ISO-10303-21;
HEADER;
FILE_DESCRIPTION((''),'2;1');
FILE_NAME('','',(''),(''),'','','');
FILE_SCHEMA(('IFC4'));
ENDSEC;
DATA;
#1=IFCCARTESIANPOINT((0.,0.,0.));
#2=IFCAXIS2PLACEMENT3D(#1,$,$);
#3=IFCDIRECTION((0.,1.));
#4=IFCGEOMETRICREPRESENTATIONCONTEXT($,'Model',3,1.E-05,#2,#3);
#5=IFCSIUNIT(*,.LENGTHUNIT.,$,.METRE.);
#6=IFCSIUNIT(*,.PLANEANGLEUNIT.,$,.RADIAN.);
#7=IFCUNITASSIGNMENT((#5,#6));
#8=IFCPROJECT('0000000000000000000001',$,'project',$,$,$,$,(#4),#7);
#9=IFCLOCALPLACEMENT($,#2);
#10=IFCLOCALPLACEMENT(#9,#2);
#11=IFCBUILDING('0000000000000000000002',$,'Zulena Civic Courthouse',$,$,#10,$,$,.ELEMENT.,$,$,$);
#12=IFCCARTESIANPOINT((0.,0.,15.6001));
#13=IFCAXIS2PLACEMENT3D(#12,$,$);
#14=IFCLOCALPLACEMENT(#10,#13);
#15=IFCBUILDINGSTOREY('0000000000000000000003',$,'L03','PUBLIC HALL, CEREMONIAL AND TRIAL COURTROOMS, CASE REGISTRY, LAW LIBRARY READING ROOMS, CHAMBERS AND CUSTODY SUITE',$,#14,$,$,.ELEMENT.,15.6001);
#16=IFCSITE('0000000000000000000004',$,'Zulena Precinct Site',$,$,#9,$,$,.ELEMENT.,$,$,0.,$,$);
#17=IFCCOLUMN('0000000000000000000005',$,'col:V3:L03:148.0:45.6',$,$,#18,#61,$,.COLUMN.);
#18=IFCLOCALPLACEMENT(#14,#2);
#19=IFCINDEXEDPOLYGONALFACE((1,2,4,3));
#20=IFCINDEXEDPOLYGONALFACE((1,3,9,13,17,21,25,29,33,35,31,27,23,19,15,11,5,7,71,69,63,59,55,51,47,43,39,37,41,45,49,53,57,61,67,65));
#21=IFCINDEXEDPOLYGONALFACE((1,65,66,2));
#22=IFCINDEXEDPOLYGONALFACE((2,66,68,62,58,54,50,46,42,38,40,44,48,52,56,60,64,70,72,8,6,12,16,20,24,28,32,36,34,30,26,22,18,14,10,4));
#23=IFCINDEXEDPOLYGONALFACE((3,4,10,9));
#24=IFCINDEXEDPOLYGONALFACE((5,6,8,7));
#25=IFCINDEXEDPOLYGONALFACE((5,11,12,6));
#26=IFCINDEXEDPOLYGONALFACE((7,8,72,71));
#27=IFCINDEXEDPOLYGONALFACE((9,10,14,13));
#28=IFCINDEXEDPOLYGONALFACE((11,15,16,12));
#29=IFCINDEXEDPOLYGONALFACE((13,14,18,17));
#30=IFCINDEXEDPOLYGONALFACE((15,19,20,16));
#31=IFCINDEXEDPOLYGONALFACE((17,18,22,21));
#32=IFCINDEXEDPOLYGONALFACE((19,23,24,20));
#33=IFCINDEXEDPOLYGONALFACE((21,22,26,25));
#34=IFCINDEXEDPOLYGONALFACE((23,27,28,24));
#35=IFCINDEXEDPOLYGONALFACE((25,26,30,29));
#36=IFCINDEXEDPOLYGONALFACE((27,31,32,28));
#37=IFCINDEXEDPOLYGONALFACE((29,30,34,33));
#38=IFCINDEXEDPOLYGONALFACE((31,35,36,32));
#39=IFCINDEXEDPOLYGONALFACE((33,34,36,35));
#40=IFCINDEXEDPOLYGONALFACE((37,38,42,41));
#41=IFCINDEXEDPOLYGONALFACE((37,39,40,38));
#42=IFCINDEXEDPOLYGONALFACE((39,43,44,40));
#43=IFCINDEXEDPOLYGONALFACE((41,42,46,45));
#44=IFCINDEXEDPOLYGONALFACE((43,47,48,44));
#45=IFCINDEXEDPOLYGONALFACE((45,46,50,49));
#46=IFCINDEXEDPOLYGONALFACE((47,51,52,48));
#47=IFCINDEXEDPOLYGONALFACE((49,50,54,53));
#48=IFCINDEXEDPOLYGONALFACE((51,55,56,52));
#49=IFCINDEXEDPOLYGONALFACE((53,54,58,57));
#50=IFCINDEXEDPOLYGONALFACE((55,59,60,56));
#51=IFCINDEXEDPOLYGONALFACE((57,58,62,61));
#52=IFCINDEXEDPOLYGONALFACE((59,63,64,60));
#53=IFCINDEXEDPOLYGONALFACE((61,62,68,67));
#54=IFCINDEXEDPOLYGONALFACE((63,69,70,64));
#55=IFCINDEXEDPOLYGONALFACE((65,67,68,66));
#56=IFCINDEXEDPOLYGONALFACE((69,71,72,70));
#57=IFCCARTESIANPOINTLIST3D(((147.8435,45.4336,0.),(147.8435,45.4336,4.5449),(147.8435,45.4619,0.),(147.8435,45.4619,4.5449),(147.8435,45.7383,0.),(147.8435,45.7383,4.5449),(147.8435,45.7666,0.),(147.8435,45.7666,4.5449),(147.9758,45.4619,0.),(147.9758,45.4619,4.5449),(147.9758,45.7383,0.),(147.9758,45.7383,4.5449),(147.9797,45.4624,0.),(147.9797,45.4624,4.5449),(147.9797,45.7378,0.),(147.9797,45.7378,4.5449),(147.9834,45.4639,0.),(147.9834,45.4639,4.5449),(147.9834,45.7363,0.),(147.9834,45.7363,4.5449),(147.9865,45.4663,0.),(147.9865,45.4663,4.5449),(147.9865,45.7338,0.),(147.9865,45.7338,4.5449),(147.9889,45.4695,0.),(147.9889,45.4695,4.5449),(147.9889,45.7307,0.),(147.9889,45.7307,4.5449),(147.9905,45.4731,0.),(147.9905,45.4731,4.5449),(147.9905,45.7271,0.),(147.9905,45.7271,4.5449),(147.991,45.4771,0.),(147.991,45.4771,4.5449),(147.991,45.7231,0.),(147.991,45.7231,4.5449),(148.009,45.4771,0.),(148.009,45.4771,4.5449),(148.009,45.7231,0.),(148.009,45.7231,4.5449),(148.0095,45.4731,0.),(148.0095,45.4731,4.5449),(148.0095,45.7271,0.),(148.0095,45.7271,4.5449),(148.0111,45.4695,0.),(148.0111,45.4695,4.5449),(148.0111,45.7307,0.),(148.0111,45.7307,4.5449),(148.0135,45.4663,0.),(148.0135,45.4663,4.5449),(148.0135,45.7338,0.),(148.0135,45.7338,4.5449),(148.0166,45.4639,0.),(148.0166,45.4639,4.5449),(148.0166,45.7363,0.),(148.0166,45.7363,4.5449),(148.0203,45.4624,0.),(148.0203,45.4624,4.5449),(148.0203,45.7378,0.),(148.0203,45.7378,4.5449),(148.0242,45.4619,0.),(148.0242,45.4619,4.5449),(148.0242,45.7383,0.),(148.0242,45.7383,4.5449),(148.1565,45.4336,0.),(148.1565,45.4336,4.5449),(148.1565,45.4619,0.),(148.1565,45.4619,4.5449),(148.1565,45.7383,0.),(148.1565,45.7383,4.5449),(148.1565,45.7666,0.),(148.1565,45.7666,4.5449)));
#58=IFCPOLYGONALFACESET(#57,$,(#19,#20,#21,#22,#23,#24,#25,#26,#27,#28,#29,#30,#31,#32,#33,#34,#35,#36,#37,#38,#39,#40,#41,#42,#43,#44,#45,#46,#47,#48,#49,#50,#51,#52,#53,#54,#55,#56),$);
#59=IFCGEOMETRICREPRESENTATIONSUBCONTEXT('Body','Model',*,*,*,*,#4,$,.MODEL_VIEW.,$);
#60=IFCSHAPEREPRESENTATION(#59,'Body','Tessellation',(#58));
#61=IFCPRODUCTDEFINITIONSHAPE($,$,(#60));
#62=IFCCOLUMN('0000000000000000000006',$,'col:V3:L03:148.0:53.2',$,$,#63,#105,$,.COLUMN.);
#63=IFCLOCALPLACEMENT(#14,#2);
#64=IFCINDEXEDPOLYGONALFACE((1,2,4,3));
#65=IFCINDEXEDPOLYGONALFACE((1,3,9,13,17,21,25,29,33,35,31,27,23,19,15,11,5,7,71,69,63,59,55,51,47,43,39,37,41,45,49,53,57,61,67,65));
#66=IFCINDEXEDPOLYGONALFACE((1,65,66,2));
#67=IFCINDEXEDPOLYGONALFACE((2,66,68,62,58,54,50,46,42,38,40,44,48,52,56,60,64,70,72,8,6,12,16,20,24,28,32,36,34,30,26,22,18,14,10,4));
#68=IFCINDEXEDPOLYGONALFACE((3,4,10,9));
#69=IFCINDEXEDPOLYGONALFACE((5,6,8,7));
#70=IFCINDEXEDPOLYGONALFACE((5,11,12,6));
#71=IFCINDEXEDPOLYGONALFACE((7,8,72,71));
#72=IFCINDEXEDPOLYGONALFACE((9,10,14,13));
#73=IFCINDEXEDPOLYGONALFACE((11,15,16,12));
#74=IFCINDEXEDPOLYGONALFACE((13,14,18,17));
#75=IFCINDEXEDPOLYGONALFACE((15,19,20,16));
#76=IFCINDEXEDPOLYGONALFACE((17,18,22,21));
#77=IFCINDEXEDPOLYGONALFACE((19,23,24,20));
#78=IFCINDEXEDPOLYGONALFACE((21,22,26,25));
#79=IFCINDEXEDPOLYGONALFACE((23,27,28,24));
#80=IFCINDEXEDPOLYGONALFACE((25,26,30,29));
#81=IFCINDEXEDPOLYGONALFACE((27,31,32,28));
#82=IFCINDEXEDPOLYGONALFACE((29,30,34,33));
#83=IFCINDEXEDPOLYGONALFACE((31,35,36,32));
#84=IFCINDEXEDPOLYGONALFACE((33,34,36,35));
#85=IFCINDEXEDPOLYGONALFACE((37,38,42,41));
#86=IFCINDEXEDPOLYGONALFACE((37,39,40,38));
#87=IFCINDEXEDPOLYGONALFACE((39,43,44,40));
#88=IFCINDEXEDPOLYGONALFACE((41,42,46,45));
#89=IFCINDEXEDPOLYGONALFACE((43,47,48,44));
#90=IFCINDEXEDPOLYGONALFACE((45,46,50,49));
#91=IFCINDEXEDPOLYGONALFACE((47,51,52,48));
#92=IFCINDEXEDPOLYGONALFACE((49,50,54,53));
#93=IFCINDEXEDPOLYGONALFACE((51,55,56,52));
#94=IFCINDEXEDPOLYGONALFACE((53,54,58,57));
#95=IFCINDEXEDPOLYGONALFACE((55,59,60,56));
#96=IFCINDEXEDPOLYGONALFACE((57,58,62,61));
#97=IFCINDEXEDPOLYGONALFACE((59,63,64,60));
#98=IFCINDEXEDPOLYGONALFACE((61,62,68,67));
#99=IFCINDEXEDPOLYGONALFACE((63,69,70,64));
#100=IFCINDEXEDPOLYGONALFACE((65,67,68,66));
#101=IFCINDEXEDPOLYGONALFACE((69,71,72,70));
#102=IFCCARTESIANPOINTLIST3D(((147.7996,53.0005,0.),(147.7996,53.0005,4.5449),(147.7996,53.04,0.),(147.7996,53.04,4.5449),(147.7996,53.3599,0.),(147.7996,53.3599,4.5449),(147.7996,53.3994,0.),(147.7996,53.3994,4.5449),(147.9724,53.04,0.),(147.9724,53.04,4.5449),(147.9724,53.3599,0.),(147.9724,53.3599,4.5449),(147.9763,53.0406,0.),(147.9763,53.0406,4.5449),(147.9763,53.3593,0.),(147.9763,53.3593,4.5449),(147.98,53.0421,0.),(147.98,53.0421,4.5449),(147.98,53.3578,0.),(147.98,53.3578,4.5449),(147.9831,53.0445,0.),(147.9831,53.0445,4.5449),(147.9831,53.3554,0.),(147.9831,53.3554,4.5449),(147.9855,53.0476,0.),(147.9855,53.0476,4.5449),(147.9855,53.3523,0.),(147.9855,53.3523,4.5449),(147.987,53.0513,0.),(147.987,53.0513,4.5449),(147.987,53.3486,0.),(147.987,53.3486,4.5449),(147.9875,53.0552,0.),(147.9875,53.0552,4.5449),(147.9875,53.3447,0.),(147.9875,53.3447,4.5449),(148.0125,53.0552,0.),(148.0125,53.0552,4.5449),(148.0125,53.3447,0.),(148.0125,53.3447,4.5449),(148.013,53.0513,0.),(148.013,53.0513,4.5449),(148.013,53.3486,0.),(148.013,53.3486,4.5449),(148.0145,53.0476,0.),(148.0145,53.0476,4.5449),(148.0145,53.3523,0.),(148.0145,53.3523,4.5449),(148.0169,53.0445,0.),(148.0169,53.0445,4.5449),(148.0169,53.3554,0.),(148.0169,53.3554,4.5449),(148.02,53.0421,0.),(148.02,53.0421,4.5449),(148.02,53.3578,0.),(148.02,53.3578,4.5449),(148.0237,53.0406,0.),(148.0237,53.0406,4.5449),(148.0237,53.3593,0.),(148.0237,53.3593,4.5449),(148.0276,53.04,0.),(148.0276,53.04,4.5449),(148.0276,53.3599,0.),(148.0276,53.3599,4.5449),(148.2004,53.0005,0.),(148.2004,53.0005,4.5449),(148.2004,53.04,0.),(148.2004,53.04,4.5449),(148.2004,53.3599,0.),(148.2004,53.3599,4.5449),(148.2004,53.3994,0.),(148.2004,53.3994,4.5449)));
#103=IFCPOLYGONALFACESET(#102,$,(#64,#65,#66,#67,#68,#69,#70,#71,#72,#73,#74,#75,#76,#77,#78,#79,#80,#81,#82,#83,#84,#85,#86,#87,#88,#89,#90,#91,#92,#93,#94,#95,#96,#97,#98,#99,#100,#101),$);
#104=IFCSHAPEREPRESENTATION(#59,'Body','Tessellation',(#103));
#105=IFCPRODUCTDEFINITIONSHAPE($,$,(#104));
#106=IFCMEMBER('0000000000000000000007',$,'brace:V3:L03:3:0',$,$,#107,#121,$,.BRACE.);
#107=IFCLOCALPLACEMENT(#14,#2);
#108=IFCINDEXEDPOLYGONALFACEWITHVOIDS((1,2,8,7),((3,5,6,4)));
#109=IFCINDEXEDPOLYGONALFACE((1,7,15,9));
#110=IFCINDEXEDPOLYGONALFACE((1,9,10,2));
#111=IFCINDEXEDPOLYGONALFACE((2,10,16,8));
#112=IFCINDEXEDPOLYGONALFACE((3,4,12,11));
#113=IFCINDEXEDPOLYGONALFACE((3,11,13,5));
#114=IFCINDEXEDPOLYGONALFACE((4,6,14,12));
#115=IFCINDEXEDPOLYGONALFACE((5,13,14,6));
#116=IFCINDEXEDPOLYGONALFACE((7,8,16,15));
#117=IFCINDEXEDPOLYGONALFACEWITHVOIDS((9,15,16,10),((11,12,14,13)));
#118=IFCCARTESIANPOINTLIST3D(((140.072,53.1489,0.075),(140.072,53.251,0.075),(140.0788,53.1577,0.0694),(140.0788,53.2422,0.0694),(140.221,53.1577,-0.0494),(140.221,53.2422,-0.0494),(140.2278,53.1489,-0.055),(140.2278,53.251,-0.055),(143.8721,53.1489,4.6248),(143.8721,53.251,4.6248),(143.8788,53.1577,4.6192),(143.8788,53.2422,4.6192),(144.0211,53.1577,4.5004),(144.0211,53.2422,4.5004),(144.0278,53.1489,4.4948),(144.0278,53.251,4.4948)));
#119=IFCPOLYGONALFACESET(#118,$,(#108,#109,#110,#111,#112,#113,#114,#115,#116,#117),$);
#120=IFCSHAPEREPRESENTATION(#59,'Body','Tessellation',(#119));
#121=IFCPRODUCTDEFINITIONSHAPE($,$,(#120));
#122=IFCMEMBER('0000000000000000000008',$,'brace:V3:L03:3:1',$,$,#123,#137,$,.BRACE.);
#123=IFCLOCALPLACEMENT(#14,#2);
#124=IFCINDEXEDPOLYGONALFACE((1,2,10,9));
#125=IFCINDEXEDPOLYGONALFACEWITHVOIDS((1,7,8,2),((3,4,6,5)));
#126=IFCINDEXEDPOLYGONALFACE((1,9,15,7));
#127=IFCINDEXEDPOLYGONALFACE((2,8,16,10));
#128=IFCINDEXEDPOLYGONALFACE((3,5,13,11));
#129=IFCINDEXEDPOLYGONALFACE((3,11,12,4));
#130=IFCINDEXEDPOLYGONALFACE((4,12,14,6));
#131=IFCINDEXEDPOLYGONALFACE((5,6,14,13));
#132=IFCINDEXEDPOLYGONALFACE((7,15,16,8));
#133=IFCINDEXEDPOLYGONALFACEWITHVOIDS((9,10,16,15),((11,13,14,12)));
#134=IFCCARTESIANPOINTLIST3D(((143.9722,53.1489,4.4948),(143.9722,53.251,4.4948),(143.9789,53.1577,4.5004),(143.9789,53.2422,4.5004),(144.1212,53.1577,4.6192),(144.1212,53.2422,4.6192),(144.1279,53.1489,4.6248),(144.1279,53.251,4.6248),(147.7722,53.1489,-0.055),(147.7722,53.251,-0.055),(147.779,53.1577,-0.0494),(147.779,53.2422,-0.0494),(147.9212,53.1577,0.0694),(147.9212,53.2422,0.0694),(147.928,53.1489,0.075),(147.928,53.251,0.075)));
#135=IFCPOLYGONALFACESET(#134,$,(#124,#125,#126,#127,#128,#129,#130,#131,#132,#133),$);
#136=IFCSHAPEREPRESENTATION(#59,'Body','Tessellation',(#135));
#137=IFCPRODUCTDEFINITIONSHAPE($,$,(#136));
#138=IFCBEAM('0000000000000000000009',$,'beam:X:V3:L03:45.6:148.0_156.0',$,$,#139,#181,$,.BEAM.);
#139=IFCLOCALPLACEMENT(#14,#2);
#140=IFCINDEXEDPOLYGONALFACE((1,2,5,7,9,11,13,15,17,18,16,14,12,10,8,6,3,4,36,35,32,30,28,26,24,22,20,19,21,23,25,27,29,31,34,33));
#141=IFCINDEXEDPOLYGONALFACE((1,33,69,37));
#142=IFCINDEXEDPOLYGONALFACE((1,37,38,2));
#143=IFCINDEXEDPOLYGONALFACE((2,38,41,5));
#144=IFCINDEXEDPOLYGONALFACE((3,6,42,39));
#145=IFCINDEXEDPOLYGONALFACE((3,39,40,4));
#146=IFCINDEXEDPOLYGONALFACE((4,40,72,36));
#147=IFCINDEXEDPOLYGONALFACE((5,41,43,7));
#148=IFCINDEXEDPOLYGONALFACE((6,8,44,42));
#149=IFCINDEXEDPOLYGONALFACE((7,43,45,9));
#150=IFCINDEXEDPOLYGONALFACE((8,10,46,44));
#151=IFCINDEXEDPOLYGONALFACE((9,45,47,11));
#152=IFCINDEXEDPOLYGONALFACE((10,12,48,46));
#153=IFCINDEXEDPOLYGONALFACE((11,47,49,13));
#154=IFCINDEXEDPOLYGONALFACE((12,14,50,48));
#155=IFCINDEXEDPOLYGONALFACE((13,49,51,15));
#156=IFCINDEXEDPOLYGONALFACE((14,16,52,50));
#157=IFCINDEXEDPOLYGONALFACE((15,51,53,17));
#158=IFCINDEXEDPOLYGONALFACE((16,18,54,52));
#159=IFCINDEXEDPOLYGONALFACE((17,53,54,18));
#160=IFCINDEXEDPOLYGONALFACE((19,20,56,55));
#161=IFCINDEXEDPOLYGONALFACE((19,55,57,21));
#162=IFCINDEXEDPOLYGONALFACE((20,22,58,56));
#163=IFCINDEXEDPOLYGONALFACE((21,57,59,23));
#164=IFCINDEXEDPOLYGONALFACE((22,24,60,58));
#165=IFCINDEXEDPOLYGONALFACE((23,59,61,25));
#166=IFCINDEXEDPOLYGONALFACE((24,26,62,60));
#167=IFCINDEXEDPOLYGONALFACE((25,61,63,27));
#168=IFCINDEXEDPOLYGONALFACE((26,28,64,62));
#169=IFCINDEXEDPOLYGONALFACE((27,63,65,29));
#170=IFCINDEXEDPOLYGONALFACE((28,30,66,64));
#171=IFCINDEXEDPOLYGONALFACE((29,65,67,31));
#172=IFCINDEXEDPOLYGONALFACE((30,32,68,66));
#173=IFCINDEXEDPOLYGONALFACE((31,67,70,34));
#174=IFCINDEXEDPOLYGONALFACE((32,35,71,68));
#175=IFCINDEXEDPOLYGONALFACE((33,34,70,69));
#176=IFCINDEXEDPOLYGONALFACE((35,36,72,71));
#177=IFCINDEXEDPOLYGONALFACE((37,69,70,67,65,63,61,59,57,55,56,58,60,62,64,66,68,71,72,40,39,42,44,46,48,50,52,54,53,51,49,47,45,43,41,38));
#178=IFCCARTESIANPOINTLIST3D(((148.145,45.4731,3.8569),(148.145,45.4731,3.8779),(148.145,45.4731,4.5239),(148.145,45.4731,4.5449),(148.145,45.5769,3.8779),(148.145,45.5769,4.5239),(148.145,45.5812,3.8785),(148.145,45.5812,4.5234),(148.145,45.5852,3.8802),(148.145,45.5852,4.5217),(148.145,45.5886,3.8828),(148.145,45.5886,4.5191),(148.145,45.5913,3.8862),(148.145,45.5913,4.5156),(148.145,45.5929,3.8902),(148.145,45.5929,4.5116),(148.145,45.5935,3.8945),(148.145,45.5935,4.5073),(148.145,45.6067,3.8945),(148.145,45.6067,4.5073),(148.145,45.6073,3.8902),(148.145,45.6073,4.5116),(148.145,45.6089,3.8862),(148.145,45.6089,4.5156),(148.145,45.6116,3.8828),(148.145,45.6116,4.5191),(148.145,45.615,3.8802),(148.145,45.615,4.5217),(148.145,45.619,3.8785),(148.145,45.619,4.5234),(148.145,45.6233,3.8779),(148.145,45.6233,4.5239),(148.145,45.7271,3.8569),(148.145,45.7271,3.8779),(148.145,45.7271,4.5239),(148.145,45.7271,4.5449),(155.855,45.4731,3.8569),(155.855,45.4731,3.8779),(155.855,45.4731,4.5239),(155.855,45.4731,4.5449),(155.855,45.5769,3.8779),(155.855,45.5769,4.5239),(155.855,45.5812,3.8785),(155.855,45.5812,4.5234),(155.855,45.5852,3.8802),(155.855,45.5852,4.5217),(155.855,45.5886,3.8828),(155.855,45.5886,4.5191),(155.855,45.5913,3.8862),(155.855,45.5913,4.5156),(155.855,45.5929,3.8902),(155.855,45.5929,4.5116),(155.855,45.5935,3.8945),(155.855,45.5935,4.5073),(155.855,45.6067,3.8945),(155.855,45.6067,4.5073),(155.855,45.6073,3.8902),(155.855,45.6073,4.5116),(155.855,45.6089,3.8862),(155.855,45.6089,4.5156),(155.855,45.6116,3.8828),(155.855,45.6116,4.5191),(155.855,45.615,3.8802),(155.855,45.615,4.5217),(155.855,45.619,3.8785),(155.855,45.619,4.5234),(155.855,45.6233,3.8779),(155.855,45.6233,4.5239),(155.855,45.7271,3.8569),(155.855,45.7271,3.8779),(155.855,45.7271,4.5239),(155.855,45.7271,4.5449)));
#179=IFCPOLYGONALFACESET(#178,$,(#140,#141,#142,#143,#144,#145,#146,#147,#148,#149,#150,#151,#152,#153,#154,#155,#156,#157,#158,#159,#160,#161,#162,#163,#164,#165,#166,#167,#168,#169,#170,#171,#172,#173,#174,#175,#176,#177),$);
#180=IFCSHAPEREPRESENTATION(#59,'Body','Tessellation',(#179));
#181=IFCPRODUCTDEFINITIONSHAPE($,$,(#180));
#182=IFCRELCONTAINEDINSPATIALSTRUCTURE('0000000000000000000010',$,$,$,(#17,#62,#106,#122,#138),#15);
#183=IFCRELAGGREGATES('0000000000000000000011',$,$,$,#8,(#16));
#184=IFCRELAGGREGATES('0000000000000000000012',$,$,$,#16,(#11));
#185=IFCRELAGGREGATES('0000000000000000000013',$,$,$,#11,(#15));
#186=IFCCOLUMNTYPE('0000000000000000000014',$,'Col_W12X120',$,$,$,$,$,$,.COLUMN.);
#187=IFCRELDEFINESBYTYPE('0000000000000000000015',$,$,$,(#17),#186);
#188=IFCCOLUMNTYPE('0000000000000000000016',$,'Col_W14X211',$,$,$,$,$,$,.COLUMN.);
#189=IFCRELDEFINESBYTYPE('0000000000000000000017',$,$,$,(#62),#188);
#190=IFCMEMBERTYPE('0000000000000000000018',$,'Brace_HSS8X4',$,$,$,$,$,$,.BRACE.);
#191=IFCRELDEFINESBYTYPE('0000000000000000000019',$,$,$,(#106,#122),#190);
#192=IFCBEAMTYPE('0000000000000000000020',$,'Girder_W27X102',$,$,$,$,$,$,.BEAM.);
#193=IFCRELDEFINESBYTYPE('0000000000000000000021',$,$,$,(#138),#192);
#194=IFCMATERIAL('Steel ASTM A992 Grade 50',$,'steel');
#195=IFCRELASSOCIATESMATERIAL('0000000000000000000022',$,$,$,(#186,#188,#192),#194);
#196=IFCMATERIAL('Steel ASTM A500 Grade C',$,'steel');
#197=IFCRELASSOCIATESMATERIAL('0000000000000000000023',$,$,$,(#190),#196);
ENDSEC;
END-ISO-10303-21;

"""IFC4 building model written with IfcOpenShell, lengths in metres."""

from ifc_helpers import new_model, si_unit, direction, frame, origin, origin_2d, place, context, subcontext, project, spatial, hollow_rectangle, i_section, extrude, material, material_profile, profile_set, type_object, element, save


model = new_model("IFC4")

# Units and contexts
model_context = context("Model", 3, precision=1e-05, world=origin(), true_north=direction((0.0, 1.0)))
body_context = subcontext(model_context, "Body", "Model", "MODEL_VIEW")
ifc_project = project(units=[si_unit("LENGTHUNIT", "METRE"), si_unit("PLANEANGLEUNIT", "RADIAN")], contexts=[model_context])

# Site, building, storey
site_placement = place(None, origin())
site = spatial("IfcSite", under=ifc_project, at=site_placement, Name="Zulena Precinct Site", CompositionType="ELEMENT", RefElevation=0.0)
building_placement = place(site_placement, origin())
building = spatial("IfcBuilding", under=site, at=building_placement, Name="Zulena Civic Courthouse", CompositionType="ELEMENT")
storey_placement = place(building_placement, frame((0.0, 0.0, 15.6001)))
storey = spatial("IfcBuildingStorey", under=building, at=storey_placement, Name="L03", Description="PUBLIC HALL, CEREMONIAL AND TRIAL COURTROOMS, CASE REGISTRY, LAW LIBRARY READING ROOMS, CHAMBERS AND CUSTODY SUITE", CompositionType="ELEMENT", Elevation=15.6001)

# Columns
ifc_material_1 = material(Name="Steel ASTM A992 Grade 50", Category="steel")
ifc_material_profile_1 = material_profile(ifc_material_1, i_section(OverallWidth=0.313, OverallDepth=0.333, WebThickness=0.0181, FlangeThickness=0.0283, FilletRadius=0.0151, at=origin_2d()), Name="W12X120")
ifc_profile_set_1 = profile_set([ifc_material_profile_1], Name="Steel ASTM A992 Grade 50")
column_type_1 = type_object("IfcColumnType", Name="Col_W12X120", PredefinedType="COLUMN", material=ifc_profile_set_1)
column_1_placement = place(storey_placement, frame((148.0, 45.6001, 0.0), z_axis=(0.0, 0.0, 1.0), x_axis=(1.0, 0.0, 0.0)))
element("IfcColumn", 1, at=column_1_placement, inside=storey, type_object=column_type_1, Name="col:V3:L03:148.0:45.6", PredefinedType="COLUMN", context=body_context, shape_type="SweptSolid", body=[
    extrude(i_section(OverallWidth=0.313, OverallDepth=0.333, WebThickness=0.0181, FlangeThickness=0.0283, FilletRadius=0.0151, at=origin_2d()), origin(), (0.0, 0.0, 1.0), 4.5449),
])
ifc_material_profile_2 = material_profile(ifc_material_1, i_section(OverallWidth=0.4009, OverallDepth=0.3989, WebThickness=0.0249, FlangeThickness=0.0396, FilletRadius=0.0151, at=origin_2d()), Name="W14X211")
ifc_profile_set_2 = profile_set([ifc_material_profile_2], Name="Steel ASTM A992 Grade 50")
column_type_2 = type_object("IfcColumnType", Name="Col_W14X211", PredefinedType="COLUMN", material=ifc_profile_set_2)
column_2_placement = place(storey_placement, frame((148.0, 53.2, 0.0), z_axis=(0.0, 0.0, 1.0), x_axis=(1.0, 0.0, 0.0)))
element("IfcColumn", 2, at=column_2_placement, inside=storey, type_object=column_type_2, Name="col:V3:L03:148.0:53.2", PredefinedType="COLUMN", context=body_context, shape_type="SweptSolid", body=[
    extrude(i_section(OverallWidth=0.4009, OverallDepth=0.3989, WebThickness=0.0249, FlangeThickness=0.0396, FilletRadius=0.0151, at=origin_2d()), origin(), (0.0, 0.0, 1.0), 4.5449),
])

# Members
ifc_material_2 = material(Name="Steel ASTM A500 Grade C", Category="steel")
ifc_material_profile_3 = material_profile(ifc_material_2, hollow_rectangle(XDim=0.1021, YDim=0.2029, WallThickness=0.0088, at=origin_2d()), Name="HSS8X4X3/8")
ifc_profile_set_3 = profile_set([ifc_material_profile_3], Name="Steel ASTM A500 Grade C")
member_type = type_object("IfcMemberType", Name="Brace_HSS8X4", PredefinedType="BRACE", material=ifc_profile_set_3)
for number, where, z_axis, x_axis, name in (
    (3, (140.1499, 53.2, 0.01), (0.641035, 0.0, 0.767512), (0.0, 1.0, 0.0), "brace:V3:L03:3:0"),
    (4, (147.8501, 53.2, 0.01), (-0.641035, 0.0, 0.767512), (0.0, -1.0, 0.0), "brace:V3:L03:3:1"),
):
    element("IfcMember", number, at=place(storey_placement, frame(where, z_axis=z_axis, x_axis=x_axis)), inside=storey, type_object=member_type, Name=name, PredefinedType="BRACE", context=body_context, shape_type="SweptSolid", body=[
        extrude(hollow_rectangle(XDim=0.1021, YDim=0.2029, WallThickness=0.0088, at=origin_2d()), origin(), (0.0, 0.0, 1.0), 5.928),
    ])

# Beam
ifc_material_profile_4 = material_profile(ifc_material_1, i_section(OverallWidth=0.2539, OverallDepth=0.688, WebThickness=0.0132, FlangeThickness=0.021, FilletRadius=0.0166, at=origin_2d()), Name="W27X102")
ifc_profile_set_4 = profile_set([ifc_material_profile_4], Name="Steel ASTM A992 Grade 50")
beam_type_1 = type_object("IfcBeamType", Name="Girder_W27X102", PredefinedType="BEAM", material=ifc_profile_set_4)
beam_1_placement = place(storey_placement, frame((148.145, 45.6001, 4.2009), z_axis=(1.0, 0.0, 0.0), x_axis=(0.0, 1.0, 0.0)))
element("IfcBeam", 5, at=beam_1_placement, inside=storey, type_object=beam_type_1, Name="beam:X:V3:L03:45.6:148.0_156.0", PredefinedType="BEAM", context=body_context, shape_type="SweptSolid", body=[
    extrude(i_section(OverallWidth=0.2539, OverallDepth=0.688, WebThickness=0.0132, FlangeThickness=0.021, FilletRadius=0.0166, at=origin_2d()), origin(), (0.0, 0.0, 1.0), 7.71),
])

save(model, "model.ifc")
